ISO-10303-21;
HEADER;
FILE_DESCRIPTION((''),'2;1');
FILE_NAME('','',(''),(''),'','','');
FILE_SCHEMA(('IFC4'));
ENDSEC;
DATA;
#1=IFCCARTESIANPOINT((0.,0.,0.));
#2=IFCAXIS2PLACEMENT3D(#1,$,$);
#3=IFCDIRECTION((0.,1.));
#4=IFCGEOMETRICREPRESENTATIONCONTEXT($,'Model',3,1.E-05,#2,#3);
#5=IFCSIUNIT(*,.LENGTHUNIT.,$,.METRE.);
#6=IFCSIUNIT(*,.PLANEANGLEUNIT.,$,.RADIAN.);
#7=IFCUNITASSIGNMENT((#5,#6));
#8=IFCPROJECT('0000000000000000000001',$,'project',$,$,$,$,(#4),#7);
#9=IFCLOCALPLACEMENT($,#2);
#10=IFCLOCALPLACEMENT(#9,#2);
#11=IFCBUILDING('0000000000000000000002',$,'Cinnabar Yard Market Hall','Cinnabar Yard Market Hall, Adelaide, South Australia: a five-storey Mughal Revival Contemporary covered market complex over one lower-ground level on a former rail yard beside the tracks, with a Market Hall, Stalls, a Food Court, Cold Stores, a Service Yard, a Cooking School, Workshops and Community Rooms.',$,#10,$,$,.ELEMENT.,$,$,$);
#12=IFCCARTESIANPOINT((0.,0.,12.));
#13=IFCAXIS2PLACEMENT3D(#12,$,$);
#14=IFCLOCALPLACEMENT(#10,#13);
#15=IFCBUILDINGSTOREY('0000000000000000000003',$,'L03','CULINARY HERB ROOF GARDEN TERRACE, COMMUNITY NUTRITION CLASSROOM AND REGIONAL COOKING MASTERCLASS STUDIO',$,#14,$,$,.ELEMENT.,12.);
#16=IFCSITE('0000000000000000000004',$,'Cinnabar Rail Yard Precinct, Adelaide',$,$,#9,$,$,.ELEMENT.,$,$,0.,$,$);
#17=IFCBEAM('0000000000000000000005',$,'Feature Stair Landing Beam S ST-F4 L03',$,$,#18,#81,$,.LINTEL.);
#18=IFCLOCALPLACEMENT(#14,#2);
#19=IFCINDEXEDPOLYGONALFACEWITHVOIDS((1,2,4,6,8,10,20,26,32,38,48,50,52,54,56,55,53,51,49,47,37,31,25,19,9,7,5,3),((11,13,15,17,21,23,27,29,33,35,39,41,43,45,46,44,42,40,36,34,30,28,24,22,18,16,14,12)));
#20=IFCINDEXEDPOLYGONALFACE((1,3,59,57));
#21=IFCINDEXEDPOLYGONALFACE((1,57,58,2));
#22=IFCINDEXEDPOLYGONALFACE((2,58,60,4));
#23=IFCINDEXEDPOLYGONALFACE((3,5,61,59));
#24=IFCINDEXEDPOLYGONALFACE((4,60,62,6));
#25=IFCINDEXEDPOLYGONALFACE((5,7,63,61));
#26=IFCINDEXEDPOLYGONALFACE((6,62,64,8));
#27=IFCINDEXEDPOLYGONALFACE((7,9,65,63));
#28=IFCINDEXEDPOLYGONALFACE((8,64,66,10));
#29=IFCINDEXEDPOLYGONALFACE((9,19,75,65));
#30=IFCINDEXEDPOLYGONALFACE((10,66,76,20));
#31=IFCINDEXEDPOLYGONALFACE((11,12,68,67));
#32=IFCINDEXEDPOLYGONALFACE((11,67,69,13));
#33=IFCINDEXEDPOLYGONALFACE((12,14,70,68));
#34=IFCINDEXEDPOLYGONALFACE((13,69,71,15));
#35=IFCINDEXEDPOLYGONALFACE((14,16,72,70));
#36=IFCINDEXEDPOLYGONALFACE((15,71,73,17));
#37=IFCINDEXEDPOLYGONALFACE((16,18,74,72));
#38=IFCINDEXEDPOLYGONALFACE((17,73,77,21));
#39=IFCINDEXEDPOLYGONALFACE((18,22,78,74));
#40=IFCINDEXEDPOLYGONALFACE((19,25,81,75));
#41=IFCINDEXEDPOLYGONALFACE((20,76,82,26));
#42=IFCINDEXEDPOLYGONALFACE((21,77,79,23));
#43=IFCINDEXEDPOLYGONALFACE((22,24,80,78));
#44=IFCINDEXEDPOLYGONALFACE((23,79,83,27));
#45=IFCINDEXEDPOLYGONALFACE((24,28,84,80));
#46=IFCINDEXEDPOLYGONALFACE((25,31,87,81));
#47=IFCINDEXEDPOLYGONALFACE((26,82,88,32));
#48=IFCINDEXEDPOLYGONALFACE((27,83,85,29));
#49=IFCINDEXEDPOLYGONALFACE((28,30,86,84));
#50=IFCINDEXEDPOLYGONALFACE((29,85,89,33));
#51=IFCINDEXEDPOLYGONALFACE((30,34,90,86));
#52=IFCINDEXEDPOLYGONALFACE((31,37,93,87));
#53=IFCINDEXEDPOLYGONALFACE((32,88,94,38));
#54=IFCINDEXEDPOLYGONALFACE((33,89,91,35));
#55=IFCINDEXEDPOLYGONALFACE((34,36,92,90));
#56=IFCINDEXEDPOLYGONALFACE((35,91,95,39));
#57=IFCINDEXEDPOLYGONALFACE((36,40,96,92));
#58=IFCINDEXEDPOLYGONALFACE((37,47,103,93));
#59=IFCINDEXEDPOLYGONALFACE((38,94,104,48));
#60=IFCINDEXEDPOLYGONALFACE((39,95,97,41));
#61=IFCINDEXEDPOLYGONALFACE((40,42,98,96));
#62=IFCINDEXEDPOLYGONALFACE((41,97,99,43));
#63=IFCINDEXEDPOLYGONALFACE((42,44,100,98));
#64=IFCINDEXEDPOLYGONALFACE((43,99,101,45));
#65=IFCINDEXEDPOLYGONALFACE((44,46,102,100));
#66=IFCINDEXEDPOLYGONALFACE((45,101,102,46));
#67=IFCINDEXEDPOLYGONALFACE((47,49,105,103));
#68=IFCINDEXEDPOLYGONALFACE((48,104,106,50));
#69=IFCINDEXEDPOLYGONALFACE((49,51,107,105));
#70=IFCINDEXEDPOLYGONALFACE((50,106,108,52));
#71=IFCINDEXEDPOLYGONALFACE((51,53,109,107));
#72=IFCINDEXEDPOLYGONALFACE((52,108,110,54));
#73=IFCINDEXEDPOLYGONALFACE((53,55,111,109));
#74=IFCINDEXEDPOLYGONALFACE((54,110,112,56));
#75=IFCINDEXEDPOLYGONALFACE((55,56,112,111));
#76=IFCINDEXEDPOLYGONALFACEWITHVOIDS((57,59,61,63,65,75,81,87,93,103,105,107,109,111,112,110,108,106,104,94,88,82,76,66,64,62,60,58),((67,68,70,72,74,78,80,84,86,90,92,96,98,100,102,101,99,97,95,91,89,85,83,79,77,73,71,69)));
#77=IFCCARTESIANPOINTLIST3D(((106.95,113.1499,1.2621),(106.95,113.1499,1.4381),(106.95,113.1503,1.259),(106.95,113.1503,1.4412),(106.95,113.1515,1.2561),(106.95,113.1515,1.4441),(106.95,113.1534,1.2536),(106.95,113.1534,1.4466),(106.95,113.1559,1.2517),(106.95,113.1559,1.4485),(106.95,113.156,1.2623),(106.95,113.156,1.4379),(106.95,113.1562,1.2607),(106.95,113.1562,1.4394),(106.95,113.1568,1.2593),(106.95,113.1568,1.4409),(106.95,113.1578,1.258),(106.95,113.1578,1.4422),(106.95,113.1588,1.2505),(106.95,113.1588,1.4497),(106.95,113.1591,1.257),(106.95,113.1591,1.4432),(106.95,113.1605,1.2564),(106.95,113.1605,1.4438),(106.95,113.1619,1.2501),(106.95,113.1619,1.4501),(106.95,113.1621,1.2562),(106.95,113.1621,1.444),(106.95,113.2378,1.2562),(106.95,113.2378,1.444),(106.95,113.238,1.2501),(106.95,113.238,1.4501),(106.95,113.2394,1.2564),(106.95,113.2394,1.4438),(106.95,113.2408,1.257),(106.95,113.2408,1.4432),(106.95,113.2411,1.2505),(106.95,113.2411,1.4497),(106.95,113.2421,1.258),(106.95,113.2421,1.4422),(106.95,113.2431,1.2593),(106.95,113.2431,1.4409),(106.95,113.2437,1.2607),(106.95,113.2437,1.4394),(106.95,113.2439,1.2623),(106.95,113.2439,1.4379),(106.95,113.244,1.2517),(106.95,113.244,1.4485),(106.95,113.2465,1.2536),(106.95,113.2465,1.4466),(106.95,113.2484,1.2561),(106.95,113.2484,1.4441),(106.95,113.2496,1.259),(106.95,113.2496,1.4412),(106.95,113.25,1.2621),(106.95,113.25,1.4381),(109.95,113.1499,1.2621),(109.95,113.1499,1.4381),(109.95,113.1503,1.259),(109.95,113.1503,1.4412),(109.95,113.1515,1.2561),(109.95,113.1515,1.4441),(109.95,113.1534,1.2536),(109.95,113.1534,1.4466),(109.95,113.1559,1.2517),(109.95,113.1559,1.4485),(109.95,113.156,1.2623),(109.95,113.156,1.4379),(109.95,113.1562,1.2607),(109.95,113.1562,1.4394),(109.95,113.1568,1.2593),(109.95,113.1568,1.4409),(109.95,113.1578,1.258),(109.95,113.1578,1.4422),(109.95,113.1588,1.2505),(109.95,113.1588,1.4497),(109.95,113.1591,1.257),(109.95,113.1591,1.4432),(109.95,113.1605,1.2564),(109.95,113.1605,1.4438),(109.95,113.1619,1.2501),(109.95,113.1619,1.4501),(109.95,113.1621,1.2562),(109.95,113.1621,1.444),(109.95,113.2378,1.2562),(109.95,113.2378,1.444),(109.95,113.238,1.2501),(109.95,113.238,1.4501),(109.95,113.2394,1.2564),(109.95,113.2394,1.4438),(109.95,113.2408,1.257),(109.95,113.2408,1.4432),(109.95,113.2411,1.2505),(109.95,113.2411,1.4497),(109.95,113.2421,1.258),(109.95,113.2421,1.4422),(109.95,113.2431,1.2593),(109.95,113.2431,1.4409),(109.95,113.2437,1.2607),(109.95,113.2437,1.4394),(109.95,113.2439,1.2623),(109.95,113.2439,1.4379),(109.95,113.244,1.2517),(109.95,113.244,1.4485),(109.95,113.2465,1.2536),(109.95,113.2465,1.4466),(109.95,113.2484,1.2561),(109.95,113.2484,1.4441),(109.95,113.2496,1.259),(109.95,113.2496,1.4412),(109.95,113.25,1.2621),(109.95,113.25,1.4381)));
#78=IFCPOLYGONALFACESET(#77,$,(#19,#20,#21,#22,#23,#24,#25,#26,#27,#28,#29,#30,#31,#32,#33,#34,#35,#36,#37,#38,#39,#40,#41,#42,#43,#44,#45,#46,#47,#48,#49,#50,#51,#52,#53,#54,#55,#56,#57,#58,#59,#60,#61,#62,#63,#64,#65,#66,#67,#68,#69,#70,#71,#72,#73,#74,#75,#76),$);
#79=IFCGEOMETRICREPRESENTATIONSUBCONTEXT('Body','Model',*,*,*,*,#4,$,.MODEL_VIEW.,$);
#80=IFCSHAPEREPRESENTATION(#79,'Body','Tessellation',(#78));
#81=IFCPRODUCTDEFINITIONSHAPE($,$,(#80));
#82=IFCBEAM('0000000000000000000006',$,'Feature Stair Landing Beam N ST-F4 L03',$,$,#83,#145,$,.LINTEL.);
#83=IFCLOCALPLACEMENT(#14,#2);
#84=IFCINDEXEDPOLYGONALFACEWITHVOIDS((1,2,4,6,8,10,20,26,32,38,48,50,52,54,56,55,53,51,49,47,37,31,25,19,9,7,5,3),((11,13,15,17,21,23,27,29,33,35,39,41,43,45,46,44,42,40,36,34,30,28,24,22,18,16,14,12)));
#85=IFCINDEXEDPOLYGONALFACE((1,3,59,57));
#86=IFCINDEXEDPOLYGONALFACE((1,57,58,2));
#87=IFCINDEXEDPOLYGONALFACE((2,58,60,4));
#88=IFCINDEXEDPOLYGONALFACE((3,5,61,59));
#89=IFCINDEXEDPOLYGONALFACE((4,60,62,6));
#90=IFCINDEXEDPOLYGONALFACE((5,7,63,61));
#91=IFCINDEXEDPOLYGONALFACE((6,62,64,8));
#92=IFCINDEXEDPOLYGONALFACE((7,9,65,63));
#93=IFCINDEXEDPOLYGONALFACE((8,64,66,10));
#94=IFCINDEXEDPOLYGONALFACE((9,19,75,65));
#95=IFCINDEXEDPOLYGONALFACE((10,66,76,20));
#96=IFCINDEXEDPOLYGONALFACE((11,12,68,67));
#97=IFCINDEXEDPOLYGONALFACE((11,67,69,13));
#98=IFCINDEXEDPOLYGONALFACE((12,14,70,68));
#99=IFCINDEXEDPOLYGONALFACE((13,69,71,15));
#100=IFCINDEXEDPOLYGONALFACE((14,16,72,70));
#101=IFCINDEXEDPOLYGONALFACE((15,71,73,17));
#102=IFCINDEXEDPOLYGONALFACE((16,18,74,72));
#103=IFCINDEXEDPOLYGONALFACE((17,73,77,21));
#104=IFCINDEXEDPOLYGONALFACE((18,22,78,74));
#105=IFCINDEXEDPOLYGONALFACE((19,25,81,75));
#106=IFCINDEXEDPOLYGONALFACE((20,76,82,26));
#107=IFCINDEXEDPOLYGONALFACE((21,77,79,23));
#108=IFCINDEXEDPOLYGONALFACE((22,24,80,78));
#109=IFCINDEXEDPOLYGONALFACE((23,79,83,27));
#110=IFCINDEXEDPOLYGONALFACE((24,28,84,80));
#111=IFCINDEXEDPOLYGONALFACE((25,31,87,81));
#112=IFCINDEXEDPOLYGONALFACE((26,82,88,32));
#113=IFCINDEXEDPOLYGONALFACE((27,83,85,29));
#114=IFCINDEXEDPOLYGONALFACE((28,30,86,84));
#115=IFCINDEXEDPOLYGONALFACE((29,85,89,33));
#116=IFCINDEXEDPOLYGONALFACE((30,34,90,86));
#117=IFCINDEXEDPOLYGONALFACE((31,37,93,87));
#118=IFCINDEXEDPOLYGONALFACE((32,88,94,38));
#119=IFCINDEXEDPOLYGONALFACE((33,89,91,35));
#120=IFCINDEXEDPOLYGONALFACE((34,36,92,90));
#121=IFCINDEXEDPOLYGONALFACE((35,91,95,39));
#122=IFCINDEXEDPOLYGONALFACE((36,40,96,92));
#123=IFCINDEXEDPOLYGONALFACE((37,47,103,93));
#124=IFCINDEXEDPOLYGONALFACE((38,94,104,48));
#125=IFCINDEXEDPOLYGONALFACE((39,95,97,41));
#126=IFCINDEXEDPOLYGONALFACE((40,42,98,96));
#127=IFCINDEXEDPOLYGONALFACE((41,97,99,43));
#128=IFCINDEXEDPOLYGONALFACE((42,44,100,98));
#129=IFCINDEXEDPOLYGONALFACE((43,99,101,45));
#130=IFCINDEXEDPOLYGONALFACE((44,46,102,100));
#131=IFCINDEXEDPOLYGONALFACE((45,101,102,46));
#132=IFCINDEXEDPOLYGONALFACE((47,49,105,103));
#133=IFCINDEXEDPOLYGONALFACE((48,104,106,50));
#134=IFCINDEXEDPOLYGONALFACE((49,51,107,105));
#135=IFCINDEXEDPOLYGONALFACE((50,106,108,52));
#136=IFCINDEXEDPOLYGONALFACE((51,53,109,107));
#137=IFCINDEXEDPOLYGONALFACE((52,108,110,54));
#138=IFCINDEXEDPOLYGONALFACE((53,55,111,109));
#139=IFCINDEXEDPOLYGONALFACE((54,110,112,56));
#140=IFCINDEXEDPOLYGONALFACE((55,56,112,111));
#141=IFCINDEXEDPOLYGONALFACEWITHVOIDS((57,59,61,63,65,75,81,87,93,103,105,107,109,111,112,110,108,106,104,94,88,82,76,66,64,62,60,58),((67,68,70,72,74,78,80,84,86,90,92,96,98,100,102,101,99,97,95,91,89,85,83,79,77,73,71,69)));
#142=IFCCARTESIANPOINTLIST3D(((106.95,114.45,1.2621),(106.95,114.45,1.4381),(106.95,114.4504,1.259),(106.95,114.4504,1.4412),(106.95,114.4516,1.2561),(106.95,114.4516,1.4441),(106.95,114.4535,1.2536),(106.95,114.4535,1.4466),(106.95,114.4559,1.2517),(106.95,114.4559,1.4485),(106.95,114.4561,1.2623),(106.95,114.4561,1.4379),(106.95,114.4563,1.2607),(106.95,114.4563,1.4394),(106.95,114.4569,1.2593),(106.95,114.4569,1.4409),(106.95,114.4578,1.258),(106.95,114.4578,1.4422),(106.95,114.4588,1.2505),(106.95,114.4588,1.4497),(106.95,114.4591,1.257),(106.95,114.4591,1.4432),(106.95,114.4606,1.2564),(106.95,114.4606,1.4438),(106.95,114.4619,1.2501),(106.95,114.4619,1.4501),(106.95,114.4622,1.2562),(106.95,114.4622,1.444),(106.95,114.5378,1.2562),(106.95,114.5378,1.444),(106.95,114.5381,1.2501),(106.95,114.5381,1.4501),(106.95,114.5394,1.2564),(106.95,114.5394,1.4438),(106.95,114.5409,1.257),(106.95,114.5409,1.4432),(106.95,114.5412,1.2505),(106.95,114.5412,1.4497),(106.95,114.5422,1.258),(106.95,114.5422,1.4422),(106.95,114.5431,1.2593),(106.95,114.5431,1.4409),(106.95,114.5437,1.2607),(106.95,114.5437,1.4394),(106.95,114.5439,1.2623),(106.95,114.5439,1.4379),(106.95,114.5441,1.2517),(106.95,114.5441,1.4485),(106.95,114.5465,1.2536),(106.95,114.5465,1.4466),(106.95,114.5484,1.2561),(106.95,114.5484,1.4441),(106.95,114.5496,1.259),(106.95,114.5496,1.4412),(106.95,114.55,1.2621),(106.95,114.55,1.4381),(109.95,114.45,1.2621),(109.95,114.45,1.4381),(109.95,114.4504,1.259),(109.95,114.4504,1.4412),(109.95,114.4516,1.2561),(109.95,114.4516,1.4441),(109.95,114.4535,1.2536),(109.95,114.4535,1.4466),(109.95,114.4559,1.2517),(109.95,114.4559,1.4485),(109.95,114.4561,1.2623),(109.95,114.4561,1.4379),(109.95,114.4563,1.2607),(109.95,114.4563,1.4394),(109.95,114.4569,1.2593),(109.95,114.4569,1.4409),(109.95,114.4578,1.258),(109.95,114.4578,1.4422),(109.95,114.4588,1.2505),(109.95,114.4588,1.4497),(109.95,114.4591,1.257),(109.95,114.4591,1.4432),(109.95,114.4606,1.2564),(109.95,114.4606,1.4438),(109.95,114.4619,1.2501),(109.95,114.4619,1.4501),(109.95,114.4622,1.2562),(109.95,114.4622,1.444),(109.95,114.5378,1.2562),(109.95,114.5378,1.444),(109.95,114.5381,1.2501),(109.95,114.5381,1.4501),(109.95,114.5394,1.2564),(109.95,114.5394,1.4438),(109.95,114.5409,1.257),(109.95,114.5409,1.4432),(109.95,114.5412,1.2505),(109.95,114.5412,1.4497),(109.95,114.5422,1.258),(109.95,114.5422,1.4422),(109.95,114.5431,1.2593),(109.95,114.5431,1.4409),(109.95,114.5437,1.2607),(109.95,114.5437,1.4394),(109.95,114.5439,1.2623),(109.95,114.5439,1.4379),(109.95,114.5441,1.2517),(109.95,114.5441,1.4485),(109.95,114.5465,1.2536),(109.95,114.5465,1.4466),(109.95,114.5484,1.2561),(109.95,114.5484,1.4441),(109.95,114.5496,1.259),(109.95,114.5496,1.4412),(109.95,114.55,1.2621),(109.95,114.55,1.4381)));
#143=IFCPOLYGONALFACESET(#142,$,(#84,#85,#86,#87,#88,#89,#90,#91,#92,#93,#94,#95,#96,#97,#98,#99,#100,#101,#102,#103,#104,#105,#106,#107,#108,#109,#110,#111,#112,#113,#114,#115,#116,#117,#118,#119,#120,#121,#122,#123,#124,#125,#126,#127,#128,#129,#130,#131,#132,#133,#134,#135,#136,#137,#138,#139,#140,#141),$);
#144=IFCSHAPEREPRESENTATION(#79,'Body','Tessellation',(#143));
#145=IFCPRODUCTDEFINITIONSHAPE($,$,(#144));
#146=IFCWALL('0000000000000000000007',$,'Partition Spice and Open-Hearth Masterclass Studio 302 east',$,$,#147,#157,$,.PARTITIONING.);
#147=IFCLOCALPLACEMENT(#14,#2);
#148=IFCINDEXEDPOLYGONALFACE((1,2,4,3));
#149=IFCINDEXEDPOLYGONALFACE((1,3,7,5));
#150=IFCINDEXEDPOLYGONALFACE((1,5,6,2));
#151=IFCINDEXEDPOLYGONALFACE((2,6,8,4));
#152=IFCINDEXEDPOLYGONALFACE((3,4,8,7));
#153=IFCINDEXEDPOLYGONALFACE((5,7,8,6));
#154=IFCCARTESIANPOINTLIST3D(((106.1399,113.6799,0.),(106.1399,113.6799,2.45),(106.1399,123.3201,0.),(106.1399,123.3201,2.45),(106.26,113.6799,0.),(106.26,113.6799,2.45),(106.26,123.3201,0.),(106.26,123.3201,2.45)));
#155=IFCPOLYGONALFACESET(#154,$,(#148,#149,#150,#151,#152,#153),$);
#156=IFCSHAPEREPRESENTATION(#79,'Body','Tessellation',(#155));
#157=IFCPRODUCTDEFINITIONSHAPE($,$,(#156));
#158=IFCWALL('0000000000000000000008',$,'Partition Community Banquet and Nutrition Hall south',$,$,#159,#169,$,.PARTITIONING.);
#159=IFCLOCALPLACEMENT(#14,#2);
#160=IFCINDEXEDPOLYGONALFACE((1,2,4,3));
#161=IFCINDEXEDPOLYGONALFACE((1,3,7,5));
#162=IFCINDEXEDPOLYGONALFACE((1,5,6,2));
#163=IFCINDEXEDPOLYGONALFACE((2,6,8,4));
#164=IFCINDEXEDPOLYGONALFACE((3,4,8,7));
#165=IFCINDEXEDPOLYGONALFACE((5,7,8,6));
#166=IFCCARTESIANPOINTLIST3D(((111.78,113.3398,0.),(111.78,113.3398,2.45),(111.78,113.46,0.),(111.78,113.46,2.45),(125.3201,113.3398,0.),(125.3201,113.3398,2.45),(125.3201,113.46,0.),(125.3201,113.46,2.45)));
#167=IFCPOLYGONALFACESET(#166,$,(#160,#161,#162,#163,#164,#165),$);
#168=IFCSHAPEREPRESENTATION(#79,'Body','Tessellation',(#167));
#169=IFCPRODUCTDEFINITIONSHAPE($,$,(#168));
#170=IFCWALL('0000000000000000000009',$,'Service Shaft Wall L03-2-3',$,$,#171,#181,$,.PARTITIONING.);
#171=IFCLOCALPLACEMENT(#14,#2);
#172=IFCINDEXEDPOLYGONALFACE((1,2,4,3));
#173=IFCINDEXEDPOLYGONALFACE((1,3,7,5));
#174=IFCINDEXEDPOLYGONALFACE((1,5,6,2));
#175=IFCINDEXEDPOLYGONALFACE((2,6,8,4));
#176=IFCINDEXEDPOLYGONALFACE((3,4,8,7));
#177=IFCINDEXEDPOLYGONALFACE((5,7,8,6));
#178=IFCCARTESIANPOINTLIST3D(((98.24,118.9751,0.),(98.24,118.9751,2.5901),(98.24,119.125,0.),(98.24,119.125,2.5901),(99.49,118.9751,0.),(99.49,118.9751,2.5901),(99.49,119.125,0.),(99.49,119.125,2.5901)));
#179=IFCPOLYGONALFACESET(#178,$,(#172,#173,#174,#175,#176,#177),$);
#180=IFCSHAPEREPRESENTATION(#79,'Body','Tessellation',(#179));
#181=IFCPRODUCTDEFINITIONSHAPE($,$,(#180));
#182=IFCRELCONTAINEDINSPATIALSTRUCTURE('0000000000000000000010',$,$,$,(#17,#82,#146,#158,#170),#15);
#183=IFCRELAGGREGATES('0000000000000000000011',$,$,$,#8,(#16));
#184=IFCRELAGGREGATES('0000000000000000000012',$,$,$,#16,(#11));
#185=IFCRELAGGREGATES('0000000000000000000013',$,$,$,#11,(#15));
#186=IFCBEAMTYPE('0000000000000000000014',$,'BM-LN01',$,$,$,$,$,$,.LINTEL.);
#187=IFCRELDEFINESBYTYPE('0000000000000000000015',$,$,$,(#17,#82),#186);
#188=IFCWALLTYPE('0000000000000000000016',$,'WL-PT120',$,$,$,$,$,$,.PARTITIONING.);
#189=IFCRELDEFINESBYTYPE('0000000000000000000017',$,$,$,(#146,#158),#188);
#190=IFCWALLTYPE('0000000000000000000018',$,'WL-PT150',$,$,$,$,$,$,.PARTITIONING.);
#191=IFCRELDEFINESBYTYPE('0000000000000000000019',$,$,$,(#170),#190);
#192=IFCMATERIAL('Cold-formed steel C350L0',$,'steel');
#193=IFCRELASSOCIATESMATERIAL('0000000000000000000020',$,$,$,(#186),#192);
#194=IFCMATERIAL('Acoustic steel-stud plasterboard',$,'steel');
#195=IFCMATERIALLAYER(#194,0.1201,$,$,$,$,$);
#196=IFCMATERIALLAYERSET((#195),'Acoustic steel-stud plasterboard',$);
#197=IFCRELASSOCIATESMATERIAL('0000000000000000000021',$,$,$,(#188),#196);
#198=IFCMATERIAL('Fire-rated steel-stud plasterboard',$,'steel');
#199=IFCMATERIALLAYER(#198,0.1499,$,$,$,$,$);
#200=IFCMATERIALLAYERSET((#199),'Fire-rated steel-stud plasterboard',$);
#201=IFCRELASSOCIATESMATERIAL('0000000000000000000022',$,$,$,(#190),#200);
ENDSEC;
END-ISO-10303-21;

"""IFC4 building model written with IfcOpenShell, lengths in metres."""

from ifc_helpers import new_model, si_unit, direction, frame, frame_2d, origin, origin_2d_with_axis, place, context, subcontext, project, spatial, rectangle, hollow_rectangle, extrude, material, layer, layer_set, material_profile, profile_set, type_object, element, save


model = new_model("IFC4")

# Units and contexts
model_context = context("Model", 3, precision=1e-05, world=origin(), true_north=direction((0.0, 1.0)))
body_context = subcontext(model_context, "Body", "Model", "MODEL_VIEW")
ifc_project = project(units=[si_unit("LENGTHUNIT", "METRE"), si_unit("PLANEANGLEUNIT", "RADIAN")], contexts=[model_context])

# Site, building, storey
site_placement = place(None, origin())
site = spatial("IfcSite", under=ifc_project, at=site_placement, Name="Cinnabar Rail Yard Precinct, Adelaide", CompositionType="ELEMENT", RefElevation=0.0)
building_placement = place(site_placement, origin())
building = spatial("IfcBuilding", under=site, at=building_placement, Name="Cinnabar Yard Market Hall", Description="Cinnabar Yard Market Hall, Adelaide, South Australia: a five-storey Mughal Revival Contemporary covered market complex over one lower-ground level on a former rail yard beside the tracks, with a Market Hall, Stalls, a Food Court, Cold Stores, a Service Yard, a Cooking School, Workshops and Community Rooms.", CompositionType="ELEMENT")
storey_placement = place(building_placement, frame((0.0, 0.0, 12.0)))
storey = spatial("IfcBuildingStorey", under=building, at=storey_placement, Name="L03", Description="CULINARY HERB ROOF GARDEN TERRACE, COMMUNITY NUTRITION CLASSROOM AND REGIONAL COOKING MASTERCLASS STUDIO", CompositionType="ELEMENT", Elevation=12.0)

# Shared definitions
ifc_material_1 = material(Name="Cold-formed steel C350L0", Category="steel")

# Beams
ifc_material_profile_1 = material_profile(ifc_material_1, hollow_rectangle(XDim=0.1001, YDim=0.2, WallThickness=0.0061, InnerFilletRadius=0.0061, OuterFilletRadius=0.012, at=origin_2d_with_axis()), Name="200x100x6.0RHS")
ifc_profile_set_1 = profile_set([ifc_material_profile_1], Name="Cold-formed steel C350L0")
beam_type_1 = type_object("IfcBeamType", Name="BM-LN01", PredefinedType="LINTEL", material=ifc_profile_set_1)
for number, where, z_axis, x_axis, name in (
    (1, (106.95, 113.2, 1.3501), (1.0, 0.0, 0.0), (0.0, 1.0, 0.0), "Feature Stair Landing Beam S ST-F4 L03"),
    (2, (106.95, 114.5, 1.3501), (1.0, 0.0, 0.0), (0.0, 1.0, 0.0), "Feature Stair Landing Beam N ST-F4 L03"),
):
    element("IfcBeam", number, at=place(storey_placement, frame(where, z_axis=z_axis, x_axis=x_axis)), inside=storey, type_object=beam_type_1, Name=name, PredefinedType="LINTEL", context=body_context, shape_type="SweptSolid", body=[
        extrude(hollow_rectangle(XDim=0.1001, YDim=0.2, WallThickness=0.0061, InnerFilletRadius=0.0061, OuterFilletRadius=0.012, at=origin_2d_with_axis()), origin(), (0.0, 0.0, 1.0), 3.0),
    ])

# Walls
ifc_material_2 = material(Name="Acoustic steel-stud plasterboard", Category="steel")
ifc_layer_1 = layer(ifc_material_2, 0.1201)
ifc_layer_set_1 = layer_set([ifc_layer_1], Name="Acoustic steel-stud plasterboard")
wall_type_1 = type_object("IfcWallType", Name="WL-PT120", PredefinedType="PARTITIONING", material=ifc_layer_set_1)
wall_1_placement = place(storey_placement, frame((106.2, 113.6799, 0.0), z_axis=(0.0, 0.0, 1.0), x_axis=(0.0, 1.0, 0.0)))
element("IfcWall", 3, at=wall_1_placement, inside=storey, type_object=wall_type_1, Name="Partition Spice and Open-Hearth Masterclass Studio 302 east", PredefinedType="PARTITIONING", context=body_context, shape_type="SweptSolid", body=[
    extrude(rectangle(XDim=9.6401, YDim=0.1201, at=frame_2d((4.8201, 0.0), x_axis=(1.0, 0.0))), origin(), (0.0, 0.0, 1.0), 2.45),
])
wall_2_placement = place(storey_placement, frame((111.78, 113.3999, 0.0), z_axis=(0.0, 0.0, 1.0), x_axis=(1.0, 0.0, 0.0)))
element("IfcWall", 4, at=wall_2_placement, inside=storey, type_object=wall_type_1, Name="Partition Community Banquet and Nutrition Hall south", PredefinedType="PARTITIONING", context=body_context, shape_type="SweptSolid", body=[
    extrude(rectangle(XDim=13.54, YDim=0.1201, at=frame_2d((6.77, 0.0), x_axis=(1.0, 0.0))), origin(), (0.0, 0.0, 1.0), 2.45),
])
ifc_material_3 = material(Name="Fire-rated steel-stud plasterboard", Category="steel")
ifc_layer_2 = layer(ifc_material_3, 0.1499)
ifc_layer_set_2 = layer_set([ifc_layer_2], Name="Fire-rated steel-stud plasterboard")
wall_type_2 = type_object("IfcWallType", Name="WL-PT150", PredefinedType="PARTITIONING", material=ifc_layer_set_2)
wall_3_placement = place(storey_placement, frame((99.49, 119.05, 0.0), z_axis=(0.0, 0.0, 1.0), x_axis=(-1.0, 0.0, 0.0)))
element("IfcWall", 5, at=wall_3_placement, inside=storey, type_object=wall_type_2, Name="Service Shaft Wall L03-2-3", PredefinedType="PARTITIONING", context=body_context, shape_type="SweptSolid", body=[
    extrude(rectangle(XDim=1.25, YDim=0.1499, at=frame_2d((0.625, 0.0), x_axis=(1.0, 0.0))), origin(), (0.0, 0.0, 1.0), 2.5901),
])

save(model, "model.ifc")
